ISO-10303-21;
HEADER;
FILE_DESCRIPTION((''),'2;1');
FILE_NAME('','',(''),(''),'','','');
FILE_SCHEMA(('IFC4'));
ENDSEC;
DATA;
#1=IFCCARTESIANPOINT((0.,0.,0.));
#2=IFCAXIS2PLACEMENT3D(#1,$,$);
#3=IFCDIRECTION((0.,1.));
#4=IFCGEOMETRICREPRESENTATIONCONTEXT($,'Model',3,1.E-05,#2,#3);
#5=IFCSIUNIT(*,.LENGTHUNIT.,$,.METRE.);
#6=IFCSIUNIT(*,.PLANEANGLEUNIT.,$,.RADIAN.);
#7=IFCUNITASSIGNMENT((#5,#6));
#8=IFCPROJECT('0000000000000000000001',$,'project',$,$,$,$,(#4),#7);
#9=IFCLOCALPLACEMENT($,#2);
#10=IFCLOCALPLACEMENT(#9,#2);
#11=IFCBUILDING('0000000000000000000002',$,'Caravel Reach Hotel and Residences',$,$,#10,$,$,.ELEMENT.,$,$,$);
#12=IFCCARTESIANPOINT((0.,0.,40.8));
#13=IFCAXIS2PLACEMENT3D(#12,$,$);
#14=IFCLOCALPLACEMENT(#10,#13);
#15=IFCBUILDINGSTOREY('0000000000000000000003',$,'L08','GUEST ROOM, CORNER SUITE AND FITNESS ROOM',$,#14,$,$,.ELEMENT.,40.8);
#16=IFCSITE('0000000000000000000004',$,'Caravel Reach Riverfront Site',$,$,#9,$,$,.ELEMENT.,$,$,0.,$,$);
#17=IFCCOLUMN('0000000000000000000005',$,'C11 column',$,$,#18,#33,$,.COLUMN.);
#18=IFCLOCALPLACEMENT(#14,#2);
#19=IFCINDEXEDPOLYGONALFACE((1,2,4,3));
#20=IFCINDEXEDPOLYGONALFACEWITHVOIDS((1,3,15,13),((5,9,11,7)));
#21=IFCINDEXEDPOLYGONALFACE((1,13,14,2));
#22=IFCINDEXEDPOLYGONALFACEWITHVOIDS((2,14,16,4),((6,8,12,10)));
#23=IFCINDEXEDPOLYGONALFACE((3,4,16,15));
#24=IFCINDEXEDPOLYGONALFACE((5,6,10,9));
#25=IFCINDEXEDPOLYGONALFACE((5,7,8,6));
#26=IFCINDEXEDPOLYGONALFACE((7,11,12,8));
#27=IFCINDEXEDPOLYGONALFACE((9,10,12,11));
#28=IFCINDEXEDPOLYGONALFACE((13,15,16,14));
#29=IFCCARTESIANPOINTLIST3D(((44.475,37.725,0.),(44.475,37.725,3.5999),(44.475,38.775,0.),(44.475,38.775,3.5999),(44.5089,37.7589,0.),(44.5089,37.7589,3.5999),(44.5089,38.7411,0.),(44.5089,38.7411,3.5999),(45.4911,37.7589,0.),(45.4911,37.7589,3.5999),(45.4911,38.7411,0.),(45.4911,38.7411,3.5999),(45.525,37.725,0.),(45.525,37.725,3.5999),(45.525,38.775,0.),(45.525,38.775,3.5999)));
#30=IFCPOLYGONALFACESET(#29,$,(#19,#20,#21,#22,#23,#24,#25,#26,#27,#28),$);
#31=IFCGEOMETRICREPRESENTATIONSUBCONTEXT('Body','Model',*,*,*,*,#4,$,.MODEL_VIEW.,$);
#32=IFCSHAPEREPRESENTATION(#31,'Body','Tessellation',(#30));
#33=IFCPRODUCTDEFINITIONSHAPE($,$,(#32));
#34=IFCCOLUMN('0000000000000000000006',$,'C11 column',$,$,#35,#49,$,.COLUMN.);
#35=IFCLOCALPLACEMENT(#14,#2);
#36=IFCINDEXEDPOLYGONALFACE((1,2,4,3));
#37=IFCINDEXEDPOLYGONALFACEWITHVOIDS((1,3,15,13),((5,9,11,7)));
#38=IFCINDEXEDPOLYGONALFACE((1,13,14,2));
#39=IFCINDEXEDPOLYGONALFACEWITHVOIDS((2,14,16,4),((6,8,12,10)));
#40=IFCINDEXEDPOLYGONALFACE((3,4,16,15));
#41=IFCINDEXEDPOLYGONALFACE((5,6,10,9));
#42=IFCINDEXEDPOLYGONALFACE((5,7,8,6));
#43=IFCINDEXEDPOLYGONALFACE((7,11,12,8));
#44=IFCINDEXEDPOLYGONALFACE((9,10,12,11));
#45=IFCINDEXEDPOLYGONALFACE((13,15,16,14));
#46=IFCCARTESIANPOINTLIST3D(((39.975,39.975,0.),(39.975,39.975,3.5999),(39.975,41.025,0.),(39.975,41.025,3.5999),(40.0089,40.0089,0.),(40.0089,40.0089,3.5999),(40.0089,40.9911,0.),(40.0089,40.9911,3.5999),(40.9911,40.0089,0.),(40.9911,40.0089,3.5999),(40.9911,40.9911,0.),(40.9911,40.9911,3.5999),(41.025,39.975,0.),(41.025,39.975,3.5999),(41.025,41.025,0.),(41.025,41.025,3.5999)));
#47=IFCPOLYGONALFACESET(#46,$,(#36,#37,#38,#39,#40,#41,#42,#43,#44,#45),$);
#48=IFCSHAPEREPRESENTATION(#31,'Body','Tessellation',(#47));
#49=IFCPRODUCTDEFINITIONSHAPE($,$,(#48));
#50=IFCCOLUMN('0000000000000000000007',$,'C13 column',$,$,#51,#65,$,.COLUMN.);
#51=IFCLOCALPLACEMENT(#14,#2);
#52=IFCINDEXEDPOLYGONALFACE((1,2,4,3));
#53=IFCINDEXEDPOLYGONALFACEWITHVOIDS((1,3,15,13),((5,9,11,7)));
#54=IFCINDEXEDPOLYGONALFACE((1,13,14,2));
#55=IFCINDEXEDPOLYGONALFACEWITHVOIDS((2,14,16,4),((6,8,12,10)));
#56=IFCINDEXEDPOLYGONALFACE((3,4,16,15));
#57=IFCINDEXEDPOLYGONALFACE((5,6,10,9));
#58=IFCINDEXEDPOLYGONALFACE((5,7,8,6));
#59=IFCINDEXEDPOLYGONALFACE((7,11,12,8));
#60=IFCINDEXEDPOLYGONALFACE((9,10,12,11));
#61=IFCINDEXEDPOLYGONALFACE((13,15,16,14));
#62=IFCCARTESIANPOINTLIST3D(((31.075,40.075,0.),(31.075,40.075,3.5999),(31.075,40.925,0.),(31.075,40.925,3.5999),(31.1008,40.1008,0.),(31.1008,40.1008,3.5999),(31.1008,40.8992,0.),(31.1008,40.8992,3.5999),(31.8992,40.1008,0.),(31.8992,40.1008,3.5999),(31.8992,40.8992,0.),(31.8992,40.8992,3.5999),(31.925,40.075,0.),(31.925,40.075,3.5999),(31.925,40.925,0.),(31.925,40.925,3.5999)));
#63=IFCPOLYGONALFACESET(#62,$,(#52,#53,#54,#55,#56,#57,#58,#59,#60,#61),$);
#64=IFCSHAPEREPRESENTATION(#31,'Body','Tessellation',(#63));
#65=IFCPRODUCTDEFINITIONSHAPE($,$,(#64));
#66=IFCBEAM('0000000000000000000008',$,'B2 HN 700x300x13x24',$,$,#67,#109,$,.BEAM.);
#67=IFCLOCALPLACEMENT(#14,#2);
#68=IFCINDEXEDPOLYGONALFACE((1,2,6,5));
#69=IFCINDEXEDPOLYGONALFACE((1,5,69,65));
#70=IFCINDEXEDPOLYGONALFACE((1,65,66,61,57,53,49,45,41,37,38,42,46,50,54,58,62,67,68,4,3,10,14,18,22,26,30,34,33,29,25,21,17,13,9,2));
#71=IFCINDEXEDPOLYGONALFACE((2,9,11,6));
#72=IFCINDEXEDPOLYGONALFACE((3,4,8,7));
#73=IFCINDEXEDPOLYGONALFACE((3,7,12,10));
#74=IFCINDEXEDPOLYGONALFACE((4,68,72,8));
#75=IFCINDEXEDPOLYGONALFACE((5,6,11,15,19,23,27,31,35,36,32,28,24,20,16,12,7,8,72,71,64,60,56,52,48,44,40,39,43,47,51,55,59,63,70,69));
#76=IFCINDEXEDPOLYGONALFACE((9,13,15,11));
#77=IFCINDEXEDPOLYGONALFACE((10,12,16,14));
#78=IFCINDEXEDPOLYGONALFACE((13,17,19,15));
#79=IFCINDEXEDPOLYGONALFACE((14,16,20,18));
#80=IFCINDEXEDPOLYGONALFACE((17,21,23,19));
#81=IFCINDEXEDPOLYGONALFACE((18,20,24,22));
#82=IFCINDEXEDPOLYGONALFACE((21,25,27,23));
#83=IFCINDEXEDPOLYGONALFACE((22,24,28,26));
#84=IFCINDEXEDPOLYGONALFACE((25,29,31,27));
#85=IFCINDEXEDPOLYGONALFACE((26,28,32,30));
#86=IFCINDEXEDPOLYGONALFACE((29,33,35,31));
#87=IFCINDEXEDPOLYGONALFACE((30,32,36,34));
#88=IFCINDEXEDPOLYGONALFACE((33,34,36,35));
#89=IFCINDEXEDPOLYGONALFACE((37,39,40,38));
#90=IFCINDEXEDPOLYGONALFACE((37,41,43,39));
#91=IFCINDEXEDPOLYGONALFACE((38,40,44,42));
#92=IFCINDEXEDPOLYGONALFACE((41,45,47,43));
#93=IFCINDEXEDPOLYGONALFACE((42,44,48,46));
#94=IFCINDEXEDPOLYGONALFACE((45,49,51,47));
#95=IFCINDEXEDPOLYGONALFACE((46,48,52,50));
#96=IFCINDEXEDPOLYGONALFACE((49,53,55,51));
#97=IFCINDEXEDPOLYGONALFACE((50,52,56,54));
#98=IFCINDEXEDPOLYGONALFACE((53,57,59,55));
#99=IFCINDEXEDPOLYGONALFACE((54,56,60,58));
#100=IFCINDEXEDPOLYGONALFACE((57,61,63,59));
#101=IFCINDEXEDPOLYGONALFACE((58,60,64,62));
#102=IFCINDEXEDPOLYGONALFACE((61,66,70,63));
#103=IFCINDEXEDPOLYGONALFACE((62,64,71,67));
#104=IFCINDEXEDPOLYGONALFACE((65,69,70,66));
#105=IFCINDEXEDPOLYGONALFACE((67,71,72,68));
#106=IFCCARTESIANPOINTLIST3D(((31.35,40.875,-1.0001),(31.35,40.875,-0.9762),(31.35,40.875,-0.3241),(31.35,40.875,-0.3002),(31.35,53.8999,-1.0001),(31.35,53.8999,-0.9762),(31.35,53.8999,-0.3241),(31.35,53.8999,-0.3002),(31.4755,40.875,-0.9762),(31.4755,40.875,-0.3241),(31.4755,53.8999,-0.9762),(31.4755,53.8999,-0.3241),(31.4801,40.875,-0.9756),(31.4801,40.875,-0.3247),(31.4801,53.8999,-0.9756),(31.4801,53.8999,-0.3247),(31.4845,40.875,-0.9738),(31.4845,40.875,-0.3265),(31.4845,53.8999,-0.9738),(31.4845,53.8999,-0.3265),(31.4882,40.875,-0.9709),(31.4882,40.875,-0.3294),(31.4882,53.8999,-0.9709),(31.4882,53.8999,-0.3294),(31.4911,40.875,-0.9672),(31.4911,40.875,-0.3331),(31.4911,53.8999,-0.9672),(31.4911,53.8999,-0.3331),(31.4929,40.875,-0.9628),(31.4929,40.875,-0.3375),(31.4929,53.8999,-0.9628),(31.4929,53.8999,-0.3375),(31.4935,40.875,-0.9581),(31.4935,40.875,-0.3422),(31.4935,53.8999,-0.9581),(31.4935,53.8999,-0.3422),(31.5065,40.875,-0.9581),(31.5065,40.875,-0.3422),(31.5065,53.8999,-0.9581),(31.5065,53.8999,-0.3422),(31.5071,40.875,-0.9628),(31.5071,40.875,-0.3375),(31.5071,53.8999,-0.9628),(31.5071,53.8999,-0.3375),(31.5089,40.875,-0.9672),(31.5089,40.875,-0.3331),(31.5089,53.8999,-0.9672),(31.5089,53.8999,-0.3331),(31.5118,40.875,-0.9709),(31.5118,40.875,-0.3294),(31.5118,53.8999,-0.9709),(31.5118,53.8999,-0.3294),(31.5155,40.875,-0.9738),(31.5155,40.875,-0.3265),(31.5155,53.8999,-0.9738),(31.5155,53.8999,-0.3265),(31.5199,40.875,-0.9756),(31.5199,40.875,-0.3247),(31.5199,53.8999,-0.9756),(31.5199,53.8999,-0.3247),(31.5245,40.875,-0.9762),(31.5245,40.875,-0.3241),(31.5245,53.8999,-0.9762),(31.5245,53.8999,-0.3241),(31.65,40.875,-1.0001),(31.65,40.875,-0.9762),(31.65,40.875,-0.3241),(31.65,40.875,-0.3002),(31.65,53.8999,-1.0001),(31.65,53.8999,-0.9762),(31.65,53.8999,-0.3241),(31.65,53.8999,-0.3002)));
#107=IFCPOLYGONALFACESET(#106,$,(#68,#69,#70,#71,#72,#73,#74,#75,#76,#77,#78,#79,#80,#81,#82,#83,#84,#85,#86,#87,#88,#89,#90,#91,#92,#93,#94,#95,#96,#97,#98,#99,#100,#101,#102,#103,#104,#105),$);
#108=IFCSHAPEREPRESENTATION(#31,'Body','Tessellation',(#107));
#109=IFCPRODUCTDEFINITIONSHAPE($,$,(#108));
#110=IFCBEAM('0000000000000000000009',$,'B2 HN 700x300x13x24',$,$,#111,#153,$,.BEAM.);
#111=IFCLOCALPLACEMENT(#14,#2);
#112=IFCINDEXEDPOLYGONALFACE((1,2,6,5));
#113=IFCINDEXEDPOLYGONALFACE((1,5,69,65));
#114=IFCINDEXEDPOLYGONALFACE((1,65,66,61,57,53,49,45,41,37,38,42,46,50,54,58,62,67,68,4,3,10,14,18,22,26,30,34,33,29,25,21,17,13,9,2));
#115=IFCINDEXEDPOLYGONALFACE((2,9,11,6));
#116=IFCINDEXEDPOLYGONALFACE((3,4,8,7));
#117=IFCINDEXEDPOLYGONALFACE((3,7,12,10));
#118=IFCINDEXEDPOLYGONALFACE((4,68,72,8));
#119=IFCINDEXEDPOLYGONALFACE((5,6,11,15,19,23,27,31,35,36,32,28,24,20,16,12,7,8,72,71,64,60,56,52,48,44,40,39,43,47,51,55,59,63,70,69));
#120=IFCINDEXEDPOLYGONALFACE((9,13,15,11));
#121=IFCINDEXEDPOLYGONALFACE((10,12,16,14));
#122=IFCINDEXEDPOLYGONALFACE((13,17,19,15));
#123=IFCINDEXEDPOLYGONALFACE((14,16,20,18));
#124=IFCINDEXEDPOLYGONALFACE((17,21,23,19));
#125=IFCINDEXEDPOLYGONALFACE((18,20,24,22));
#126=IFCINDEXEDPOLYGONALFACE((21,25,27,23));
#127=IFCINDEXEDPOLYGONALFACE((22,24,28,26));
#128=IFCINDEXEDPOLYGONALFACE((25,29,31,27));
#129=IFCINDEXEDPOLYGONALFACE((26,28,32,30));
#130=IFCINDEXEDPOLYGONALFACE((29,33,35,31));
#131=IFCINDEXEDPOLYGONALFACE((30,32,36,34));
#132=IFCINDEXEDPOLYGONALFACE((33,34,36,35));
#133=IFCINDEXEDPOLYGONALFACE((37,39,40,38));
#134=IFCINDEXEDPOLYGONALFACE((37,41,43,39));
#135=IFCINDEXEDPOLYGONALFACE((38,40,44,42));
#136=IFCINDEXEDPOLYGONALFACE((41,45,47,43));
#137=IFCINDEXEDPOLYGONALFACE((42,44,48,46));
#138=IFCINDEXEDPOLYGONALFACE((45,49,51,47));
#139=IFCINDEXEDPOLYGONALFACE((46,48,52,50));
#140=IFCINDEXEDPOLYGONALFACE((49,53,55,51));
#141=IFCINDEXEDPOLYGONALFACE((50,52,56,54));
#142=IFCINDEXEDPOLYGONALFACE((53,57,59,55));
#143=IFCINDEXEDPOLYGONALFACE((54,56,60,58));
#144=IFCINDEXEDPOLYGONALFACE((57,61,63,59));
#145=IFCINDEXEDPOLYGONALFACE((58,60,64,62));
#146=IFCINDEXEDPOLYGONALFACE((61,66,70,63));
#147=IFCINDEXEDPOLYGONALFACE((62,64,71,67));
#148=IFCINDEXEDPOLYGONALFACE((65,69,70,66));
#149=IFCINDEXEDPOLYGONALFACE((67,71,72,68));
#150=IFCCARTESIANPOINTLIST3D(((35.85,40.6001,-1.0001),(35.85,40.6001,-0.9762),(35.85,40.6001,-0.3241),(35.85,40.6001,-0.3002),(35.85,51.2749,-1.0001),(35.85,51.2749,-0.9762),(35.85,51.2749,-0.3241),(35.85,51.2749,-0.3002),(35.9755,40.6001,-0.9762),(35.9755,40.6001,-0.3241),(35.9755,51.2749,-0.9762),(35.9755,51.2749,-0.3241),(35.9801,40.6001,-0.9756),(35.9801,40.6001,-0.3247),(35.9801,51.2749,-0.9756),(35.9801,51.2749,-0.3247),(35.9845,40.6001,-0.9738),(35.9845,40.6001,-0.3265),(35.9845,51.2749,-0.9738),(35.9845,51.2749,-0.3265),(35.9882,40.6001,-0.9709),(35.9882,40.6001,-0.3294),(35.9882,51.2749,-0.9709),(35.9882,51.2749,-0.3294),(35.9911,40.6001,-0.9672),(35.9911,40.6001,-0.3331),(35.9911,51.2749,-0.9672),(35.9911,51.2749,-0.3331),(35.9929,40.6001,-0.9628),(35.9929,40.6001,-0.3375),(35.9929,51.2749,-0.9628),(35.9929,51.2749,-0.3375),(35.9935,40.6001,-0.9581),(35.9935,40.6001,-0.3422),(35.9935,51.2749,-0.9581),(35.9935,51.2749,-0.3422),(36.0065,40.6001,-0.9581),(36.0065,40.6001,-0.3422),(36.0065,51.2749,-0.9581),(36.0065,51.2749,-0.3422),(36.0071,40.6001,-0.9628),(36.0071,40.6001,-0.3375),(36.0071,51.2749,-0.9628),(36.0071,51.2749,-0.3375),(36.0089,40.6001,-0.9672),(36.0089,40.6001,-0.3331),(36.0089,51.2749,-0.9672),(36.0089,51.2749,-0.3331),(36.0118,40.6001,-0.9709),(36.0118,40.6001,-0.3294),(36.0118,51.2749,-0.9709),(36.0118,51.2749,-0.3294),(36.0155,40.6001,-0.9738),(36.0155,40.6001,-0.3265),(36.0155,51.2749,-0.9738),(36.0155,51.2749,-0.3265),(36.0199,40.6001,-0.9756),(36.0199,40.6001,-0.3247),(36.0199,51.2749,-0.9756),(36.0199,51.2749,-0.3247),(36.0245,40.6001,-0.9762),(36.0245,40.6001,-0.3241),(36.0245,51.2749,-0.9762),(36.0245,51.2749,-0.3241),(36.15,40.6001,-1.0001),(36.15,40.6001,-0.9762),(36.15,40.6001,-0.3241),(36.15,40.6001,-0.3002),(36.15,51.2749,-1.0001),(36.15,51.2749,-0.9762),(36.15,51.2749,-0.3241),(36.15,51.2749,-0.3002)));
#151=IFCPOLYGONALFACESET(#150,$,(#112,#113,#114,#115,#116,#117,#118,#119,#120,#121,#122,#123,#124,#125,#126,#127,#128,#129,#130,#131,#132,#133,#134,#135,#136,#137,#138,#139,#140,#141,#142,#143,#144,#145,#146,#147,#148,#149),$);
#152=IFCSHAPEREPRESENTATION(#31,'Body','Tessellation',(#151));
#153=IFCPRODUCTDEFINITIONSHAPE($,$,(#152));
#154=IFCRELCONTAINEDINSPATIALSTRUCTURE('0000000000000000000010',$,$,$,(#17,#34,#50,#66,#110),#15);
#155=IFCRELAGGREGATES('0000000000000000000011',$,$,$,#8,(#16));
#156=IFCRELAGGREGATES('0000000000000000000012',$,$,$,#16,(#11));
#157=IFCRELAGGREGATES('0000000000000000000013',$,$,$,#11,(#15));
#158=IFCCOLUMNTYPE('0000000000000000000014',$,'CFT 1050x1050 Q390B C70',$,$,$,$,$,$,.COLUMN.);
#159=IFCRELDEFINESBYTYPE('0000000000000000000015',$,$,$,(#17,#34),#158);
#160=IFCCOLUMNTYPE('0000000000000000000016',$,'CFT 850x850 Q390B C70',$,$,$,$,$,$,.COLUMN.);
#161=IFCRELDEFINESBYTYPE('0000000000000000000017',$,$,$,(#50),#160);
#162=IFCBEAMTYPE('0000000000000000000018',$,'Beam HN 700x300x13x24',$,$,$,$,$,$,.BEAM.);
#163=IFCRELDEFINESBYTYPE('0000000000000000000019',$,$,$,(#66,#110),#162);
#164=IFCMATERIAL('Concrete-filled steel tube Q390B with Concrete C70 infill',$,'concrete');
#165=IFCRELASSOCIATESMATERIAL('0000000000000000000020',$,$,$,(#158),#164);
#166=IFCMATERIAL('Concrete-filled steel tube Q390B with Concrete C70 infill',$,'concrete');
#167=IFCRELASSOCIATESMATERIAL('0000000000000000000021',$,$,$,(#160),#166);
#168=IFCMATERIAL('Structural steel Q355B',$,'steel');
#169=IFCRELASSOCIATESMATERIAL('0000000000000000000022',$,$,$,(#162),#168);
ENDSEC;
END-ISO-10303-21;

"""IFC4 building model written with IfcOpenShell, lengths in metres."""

from ifc_helpers import new_model, si_unit, direction, frame, origin, origin_2d, place, context, subcontext, project, spatial, hollow_rectangle, i_section, extrude, material, material_profile, profile_set, type_object, element, save


model = new_model("IFC4")

# Units and contexts
model_context = context("Model", 3, precision=1e-05, world=origin(), true_north=direction((0.0, 1.0)))
body_context = subcontext(model_context, "Body", "Model", "MODEL_VIEW")
ifc_project = project(units=[si_unit("LENGTHUNIT", "METRE"), si_unit("PLANEANGLEUNIT", "RADIAN")], contexts=[model_context])

# Site, building, storey
site_placement = place(None, origin())
site = spatial("IfcSite", under=ifc_project, at=site_placement, Name="Caravel Reach Riverfront Site", CompositionType="ELEMENT", RefElevation=0.0)
building_placement = place(site_placement, origin())
building = spatial("IfcBuilding", under=site, at=building_placement, Name="Caravel Reach Hotel and Residences", CompositionType="ELEMENT")
storey_placement = place(building_placement, frame((0.0, 0.0, 40.8)))
storey = spatial("IfcBuildingStorey", under=building, at=storey_placement, Name="L08", Description="GUEST ROOM, CORNER SUITE AND FITNESS ROOM", CompositionType="ELEMENT", Elevation=40.8)

# Columns
ifc_material_1 = material(Name="Concrete-filled steel tube Q390B with Concrete C70 infill", Category="concrete")
ifc_material_profile_1 = material_profile(ifc_material_1, hollow_rectangle(XDim=1.05, YDim=1.05, WallThickness=0.0339, at=origin_2d()), Name="RHS 1050x1050x34")
ifc_profile_set_1 = profile_set([ifc_material_profile_1], Name="Concrete-filled steel tube Q390B with Concrete C70 infill")
column_type_1 = type_object("IfcColumnType", Name="CFT 1050x1050 Q390B C70", PredefinedType="COLUMN", material=ifc_profile_set_1)
for number, where, z_axis, x_axis, name in (
    (1, (45.0, 38.25, 0.0), (0.0, 0.0, 1.0), (1.0, 0.0, 0.0), "C11 column"),
    (2, (40.5, 40.5, 0.0), (0.0, 0.0, 1.0), (1.0, 0.0, 0.0), "C11 column"),
):
    element("IfcColumn", number, at=place(storey_placement, frame(where, z_axis=z_axis, x_axis=x_axis)), inside=storey, type_object=column_type_1, Name=name, PredefinedType="COLUMN", context=body_context, shape_type="SweptSolid", body=[
        extrude(hollow_rectangle(XDim=1.05, YDim=1.05, WallThickness=0.0339, at=origin_2d()), origin(), (0.0, 0.0, 1.0), 3.5999),
    ])
ifc_material_2 = material(Name="Concrete-filled steel tube Q390B with Concrete C70 infill", Category="concrete")
ifc_material_profile_2 = material_profile(ifc_material_2, hollow_rectangle(XDim=0.8501, YDim=0.8501, WallThickness=0.0259, at=origin_2d()), Name="RHS 850x850x26")
ifc_profile_set_2 = profile_set([ifc_material_profile_2], Name="Concrete-filled steel tube Q390B with Concrete C70 infill")
column_type_2 = type_object("IfcColumnType", Name="CFT 850x850 Q390B C70", PredefinedType="COLUMN", material=ifc_profile_set_2)
column_placement = place(storey_placement, frame((31.5, 40.5, 0.0), z_axis=(0.0, 0.0, 1.0), x_axis=(1.0, 0.0, 0.0)))
element("IfcColumn", 3, at=column_placement, inside=storey, type_object=column_type_2, Name="C13 column", PredefinedType="COLUMN", context=body_context, shape_type="SweptSolid", body=[
    extrude(hollow_rectangle(XDim=0.8501, YDim=0.8501, WallThickness=0.0259, at=origin_2d()), origin(), (0.0, 0.0, 1.0), 3.5999),
])

# Beams
ifc_material_3 = material(Name="Structural steel Q355B", Category="steel")
ifc_material_profile_3 = material_profile(ifc_material_3, i_section(OverallWidth=0.3, OverallDepth=0.7, WebThickness=0.0129, FlangeThickness=0.0239, FilletRadius=0.0181, at=origin_2d()), Name="HN 700x300x13x24")
ifc_profile_set_3 = profile_set([ifc_material_profile_3], Name="Structural steel Q355B")
beam_type_1 = type_object("IfcBeamType", Name="Beam HN 700x300x13x24", PredefinedType="BEAM", material=ifc_profile_set_3)
beam_1_placement = place(storey_placement, frame((31.5, 40.875, -0.6501), z_axis=(0.0, 1.0, 0.0), x_axis=(-1.0, 0.0, 0.0)))
element("IfcBeam", 4, at=beam_1_placement, inside=storey, type_object=beam_type_1, Name="B2 HN 700x300x13x24", PredefinedType="BEAM", context=body_context, shape_type="SweptSolid", body=[
    extrude(i_section(OverallWidth=0.3, OverallDepth=0.7, WebThickness=0.0129, FlangeThickness=0.0239, FilletRadius=0.0181, at=origin_2d()), origin(), (0.0, 0.0, 1.0), 13.0249),
])
beam_2_placement = place(storey_placement, frame((36.0, 40.6001, -0.6501), z_axis=(0.0, 1.0, 0.0), x_axis=(-1.0, 0.0, 0.0)))
element("IfcBeam", 5, at=beam_2_placement, inside=storey, type_object=beam_type_1, Name="B2 HN 700x300x13x24", PredefinedType="BEAM", context=body_context, shape_type="SweptSolid", body=[
    extrude(i_section(OverallWidth=0.3, OverallDepth=0.7, WebThickness=0.0129, FlangeThickness=0.0239, FilletRadius=0.0181, at=origin_2d()), origin(), (0.0, 0.0, 1.0), 10.6748),
])

save(model, "model.ifc")
